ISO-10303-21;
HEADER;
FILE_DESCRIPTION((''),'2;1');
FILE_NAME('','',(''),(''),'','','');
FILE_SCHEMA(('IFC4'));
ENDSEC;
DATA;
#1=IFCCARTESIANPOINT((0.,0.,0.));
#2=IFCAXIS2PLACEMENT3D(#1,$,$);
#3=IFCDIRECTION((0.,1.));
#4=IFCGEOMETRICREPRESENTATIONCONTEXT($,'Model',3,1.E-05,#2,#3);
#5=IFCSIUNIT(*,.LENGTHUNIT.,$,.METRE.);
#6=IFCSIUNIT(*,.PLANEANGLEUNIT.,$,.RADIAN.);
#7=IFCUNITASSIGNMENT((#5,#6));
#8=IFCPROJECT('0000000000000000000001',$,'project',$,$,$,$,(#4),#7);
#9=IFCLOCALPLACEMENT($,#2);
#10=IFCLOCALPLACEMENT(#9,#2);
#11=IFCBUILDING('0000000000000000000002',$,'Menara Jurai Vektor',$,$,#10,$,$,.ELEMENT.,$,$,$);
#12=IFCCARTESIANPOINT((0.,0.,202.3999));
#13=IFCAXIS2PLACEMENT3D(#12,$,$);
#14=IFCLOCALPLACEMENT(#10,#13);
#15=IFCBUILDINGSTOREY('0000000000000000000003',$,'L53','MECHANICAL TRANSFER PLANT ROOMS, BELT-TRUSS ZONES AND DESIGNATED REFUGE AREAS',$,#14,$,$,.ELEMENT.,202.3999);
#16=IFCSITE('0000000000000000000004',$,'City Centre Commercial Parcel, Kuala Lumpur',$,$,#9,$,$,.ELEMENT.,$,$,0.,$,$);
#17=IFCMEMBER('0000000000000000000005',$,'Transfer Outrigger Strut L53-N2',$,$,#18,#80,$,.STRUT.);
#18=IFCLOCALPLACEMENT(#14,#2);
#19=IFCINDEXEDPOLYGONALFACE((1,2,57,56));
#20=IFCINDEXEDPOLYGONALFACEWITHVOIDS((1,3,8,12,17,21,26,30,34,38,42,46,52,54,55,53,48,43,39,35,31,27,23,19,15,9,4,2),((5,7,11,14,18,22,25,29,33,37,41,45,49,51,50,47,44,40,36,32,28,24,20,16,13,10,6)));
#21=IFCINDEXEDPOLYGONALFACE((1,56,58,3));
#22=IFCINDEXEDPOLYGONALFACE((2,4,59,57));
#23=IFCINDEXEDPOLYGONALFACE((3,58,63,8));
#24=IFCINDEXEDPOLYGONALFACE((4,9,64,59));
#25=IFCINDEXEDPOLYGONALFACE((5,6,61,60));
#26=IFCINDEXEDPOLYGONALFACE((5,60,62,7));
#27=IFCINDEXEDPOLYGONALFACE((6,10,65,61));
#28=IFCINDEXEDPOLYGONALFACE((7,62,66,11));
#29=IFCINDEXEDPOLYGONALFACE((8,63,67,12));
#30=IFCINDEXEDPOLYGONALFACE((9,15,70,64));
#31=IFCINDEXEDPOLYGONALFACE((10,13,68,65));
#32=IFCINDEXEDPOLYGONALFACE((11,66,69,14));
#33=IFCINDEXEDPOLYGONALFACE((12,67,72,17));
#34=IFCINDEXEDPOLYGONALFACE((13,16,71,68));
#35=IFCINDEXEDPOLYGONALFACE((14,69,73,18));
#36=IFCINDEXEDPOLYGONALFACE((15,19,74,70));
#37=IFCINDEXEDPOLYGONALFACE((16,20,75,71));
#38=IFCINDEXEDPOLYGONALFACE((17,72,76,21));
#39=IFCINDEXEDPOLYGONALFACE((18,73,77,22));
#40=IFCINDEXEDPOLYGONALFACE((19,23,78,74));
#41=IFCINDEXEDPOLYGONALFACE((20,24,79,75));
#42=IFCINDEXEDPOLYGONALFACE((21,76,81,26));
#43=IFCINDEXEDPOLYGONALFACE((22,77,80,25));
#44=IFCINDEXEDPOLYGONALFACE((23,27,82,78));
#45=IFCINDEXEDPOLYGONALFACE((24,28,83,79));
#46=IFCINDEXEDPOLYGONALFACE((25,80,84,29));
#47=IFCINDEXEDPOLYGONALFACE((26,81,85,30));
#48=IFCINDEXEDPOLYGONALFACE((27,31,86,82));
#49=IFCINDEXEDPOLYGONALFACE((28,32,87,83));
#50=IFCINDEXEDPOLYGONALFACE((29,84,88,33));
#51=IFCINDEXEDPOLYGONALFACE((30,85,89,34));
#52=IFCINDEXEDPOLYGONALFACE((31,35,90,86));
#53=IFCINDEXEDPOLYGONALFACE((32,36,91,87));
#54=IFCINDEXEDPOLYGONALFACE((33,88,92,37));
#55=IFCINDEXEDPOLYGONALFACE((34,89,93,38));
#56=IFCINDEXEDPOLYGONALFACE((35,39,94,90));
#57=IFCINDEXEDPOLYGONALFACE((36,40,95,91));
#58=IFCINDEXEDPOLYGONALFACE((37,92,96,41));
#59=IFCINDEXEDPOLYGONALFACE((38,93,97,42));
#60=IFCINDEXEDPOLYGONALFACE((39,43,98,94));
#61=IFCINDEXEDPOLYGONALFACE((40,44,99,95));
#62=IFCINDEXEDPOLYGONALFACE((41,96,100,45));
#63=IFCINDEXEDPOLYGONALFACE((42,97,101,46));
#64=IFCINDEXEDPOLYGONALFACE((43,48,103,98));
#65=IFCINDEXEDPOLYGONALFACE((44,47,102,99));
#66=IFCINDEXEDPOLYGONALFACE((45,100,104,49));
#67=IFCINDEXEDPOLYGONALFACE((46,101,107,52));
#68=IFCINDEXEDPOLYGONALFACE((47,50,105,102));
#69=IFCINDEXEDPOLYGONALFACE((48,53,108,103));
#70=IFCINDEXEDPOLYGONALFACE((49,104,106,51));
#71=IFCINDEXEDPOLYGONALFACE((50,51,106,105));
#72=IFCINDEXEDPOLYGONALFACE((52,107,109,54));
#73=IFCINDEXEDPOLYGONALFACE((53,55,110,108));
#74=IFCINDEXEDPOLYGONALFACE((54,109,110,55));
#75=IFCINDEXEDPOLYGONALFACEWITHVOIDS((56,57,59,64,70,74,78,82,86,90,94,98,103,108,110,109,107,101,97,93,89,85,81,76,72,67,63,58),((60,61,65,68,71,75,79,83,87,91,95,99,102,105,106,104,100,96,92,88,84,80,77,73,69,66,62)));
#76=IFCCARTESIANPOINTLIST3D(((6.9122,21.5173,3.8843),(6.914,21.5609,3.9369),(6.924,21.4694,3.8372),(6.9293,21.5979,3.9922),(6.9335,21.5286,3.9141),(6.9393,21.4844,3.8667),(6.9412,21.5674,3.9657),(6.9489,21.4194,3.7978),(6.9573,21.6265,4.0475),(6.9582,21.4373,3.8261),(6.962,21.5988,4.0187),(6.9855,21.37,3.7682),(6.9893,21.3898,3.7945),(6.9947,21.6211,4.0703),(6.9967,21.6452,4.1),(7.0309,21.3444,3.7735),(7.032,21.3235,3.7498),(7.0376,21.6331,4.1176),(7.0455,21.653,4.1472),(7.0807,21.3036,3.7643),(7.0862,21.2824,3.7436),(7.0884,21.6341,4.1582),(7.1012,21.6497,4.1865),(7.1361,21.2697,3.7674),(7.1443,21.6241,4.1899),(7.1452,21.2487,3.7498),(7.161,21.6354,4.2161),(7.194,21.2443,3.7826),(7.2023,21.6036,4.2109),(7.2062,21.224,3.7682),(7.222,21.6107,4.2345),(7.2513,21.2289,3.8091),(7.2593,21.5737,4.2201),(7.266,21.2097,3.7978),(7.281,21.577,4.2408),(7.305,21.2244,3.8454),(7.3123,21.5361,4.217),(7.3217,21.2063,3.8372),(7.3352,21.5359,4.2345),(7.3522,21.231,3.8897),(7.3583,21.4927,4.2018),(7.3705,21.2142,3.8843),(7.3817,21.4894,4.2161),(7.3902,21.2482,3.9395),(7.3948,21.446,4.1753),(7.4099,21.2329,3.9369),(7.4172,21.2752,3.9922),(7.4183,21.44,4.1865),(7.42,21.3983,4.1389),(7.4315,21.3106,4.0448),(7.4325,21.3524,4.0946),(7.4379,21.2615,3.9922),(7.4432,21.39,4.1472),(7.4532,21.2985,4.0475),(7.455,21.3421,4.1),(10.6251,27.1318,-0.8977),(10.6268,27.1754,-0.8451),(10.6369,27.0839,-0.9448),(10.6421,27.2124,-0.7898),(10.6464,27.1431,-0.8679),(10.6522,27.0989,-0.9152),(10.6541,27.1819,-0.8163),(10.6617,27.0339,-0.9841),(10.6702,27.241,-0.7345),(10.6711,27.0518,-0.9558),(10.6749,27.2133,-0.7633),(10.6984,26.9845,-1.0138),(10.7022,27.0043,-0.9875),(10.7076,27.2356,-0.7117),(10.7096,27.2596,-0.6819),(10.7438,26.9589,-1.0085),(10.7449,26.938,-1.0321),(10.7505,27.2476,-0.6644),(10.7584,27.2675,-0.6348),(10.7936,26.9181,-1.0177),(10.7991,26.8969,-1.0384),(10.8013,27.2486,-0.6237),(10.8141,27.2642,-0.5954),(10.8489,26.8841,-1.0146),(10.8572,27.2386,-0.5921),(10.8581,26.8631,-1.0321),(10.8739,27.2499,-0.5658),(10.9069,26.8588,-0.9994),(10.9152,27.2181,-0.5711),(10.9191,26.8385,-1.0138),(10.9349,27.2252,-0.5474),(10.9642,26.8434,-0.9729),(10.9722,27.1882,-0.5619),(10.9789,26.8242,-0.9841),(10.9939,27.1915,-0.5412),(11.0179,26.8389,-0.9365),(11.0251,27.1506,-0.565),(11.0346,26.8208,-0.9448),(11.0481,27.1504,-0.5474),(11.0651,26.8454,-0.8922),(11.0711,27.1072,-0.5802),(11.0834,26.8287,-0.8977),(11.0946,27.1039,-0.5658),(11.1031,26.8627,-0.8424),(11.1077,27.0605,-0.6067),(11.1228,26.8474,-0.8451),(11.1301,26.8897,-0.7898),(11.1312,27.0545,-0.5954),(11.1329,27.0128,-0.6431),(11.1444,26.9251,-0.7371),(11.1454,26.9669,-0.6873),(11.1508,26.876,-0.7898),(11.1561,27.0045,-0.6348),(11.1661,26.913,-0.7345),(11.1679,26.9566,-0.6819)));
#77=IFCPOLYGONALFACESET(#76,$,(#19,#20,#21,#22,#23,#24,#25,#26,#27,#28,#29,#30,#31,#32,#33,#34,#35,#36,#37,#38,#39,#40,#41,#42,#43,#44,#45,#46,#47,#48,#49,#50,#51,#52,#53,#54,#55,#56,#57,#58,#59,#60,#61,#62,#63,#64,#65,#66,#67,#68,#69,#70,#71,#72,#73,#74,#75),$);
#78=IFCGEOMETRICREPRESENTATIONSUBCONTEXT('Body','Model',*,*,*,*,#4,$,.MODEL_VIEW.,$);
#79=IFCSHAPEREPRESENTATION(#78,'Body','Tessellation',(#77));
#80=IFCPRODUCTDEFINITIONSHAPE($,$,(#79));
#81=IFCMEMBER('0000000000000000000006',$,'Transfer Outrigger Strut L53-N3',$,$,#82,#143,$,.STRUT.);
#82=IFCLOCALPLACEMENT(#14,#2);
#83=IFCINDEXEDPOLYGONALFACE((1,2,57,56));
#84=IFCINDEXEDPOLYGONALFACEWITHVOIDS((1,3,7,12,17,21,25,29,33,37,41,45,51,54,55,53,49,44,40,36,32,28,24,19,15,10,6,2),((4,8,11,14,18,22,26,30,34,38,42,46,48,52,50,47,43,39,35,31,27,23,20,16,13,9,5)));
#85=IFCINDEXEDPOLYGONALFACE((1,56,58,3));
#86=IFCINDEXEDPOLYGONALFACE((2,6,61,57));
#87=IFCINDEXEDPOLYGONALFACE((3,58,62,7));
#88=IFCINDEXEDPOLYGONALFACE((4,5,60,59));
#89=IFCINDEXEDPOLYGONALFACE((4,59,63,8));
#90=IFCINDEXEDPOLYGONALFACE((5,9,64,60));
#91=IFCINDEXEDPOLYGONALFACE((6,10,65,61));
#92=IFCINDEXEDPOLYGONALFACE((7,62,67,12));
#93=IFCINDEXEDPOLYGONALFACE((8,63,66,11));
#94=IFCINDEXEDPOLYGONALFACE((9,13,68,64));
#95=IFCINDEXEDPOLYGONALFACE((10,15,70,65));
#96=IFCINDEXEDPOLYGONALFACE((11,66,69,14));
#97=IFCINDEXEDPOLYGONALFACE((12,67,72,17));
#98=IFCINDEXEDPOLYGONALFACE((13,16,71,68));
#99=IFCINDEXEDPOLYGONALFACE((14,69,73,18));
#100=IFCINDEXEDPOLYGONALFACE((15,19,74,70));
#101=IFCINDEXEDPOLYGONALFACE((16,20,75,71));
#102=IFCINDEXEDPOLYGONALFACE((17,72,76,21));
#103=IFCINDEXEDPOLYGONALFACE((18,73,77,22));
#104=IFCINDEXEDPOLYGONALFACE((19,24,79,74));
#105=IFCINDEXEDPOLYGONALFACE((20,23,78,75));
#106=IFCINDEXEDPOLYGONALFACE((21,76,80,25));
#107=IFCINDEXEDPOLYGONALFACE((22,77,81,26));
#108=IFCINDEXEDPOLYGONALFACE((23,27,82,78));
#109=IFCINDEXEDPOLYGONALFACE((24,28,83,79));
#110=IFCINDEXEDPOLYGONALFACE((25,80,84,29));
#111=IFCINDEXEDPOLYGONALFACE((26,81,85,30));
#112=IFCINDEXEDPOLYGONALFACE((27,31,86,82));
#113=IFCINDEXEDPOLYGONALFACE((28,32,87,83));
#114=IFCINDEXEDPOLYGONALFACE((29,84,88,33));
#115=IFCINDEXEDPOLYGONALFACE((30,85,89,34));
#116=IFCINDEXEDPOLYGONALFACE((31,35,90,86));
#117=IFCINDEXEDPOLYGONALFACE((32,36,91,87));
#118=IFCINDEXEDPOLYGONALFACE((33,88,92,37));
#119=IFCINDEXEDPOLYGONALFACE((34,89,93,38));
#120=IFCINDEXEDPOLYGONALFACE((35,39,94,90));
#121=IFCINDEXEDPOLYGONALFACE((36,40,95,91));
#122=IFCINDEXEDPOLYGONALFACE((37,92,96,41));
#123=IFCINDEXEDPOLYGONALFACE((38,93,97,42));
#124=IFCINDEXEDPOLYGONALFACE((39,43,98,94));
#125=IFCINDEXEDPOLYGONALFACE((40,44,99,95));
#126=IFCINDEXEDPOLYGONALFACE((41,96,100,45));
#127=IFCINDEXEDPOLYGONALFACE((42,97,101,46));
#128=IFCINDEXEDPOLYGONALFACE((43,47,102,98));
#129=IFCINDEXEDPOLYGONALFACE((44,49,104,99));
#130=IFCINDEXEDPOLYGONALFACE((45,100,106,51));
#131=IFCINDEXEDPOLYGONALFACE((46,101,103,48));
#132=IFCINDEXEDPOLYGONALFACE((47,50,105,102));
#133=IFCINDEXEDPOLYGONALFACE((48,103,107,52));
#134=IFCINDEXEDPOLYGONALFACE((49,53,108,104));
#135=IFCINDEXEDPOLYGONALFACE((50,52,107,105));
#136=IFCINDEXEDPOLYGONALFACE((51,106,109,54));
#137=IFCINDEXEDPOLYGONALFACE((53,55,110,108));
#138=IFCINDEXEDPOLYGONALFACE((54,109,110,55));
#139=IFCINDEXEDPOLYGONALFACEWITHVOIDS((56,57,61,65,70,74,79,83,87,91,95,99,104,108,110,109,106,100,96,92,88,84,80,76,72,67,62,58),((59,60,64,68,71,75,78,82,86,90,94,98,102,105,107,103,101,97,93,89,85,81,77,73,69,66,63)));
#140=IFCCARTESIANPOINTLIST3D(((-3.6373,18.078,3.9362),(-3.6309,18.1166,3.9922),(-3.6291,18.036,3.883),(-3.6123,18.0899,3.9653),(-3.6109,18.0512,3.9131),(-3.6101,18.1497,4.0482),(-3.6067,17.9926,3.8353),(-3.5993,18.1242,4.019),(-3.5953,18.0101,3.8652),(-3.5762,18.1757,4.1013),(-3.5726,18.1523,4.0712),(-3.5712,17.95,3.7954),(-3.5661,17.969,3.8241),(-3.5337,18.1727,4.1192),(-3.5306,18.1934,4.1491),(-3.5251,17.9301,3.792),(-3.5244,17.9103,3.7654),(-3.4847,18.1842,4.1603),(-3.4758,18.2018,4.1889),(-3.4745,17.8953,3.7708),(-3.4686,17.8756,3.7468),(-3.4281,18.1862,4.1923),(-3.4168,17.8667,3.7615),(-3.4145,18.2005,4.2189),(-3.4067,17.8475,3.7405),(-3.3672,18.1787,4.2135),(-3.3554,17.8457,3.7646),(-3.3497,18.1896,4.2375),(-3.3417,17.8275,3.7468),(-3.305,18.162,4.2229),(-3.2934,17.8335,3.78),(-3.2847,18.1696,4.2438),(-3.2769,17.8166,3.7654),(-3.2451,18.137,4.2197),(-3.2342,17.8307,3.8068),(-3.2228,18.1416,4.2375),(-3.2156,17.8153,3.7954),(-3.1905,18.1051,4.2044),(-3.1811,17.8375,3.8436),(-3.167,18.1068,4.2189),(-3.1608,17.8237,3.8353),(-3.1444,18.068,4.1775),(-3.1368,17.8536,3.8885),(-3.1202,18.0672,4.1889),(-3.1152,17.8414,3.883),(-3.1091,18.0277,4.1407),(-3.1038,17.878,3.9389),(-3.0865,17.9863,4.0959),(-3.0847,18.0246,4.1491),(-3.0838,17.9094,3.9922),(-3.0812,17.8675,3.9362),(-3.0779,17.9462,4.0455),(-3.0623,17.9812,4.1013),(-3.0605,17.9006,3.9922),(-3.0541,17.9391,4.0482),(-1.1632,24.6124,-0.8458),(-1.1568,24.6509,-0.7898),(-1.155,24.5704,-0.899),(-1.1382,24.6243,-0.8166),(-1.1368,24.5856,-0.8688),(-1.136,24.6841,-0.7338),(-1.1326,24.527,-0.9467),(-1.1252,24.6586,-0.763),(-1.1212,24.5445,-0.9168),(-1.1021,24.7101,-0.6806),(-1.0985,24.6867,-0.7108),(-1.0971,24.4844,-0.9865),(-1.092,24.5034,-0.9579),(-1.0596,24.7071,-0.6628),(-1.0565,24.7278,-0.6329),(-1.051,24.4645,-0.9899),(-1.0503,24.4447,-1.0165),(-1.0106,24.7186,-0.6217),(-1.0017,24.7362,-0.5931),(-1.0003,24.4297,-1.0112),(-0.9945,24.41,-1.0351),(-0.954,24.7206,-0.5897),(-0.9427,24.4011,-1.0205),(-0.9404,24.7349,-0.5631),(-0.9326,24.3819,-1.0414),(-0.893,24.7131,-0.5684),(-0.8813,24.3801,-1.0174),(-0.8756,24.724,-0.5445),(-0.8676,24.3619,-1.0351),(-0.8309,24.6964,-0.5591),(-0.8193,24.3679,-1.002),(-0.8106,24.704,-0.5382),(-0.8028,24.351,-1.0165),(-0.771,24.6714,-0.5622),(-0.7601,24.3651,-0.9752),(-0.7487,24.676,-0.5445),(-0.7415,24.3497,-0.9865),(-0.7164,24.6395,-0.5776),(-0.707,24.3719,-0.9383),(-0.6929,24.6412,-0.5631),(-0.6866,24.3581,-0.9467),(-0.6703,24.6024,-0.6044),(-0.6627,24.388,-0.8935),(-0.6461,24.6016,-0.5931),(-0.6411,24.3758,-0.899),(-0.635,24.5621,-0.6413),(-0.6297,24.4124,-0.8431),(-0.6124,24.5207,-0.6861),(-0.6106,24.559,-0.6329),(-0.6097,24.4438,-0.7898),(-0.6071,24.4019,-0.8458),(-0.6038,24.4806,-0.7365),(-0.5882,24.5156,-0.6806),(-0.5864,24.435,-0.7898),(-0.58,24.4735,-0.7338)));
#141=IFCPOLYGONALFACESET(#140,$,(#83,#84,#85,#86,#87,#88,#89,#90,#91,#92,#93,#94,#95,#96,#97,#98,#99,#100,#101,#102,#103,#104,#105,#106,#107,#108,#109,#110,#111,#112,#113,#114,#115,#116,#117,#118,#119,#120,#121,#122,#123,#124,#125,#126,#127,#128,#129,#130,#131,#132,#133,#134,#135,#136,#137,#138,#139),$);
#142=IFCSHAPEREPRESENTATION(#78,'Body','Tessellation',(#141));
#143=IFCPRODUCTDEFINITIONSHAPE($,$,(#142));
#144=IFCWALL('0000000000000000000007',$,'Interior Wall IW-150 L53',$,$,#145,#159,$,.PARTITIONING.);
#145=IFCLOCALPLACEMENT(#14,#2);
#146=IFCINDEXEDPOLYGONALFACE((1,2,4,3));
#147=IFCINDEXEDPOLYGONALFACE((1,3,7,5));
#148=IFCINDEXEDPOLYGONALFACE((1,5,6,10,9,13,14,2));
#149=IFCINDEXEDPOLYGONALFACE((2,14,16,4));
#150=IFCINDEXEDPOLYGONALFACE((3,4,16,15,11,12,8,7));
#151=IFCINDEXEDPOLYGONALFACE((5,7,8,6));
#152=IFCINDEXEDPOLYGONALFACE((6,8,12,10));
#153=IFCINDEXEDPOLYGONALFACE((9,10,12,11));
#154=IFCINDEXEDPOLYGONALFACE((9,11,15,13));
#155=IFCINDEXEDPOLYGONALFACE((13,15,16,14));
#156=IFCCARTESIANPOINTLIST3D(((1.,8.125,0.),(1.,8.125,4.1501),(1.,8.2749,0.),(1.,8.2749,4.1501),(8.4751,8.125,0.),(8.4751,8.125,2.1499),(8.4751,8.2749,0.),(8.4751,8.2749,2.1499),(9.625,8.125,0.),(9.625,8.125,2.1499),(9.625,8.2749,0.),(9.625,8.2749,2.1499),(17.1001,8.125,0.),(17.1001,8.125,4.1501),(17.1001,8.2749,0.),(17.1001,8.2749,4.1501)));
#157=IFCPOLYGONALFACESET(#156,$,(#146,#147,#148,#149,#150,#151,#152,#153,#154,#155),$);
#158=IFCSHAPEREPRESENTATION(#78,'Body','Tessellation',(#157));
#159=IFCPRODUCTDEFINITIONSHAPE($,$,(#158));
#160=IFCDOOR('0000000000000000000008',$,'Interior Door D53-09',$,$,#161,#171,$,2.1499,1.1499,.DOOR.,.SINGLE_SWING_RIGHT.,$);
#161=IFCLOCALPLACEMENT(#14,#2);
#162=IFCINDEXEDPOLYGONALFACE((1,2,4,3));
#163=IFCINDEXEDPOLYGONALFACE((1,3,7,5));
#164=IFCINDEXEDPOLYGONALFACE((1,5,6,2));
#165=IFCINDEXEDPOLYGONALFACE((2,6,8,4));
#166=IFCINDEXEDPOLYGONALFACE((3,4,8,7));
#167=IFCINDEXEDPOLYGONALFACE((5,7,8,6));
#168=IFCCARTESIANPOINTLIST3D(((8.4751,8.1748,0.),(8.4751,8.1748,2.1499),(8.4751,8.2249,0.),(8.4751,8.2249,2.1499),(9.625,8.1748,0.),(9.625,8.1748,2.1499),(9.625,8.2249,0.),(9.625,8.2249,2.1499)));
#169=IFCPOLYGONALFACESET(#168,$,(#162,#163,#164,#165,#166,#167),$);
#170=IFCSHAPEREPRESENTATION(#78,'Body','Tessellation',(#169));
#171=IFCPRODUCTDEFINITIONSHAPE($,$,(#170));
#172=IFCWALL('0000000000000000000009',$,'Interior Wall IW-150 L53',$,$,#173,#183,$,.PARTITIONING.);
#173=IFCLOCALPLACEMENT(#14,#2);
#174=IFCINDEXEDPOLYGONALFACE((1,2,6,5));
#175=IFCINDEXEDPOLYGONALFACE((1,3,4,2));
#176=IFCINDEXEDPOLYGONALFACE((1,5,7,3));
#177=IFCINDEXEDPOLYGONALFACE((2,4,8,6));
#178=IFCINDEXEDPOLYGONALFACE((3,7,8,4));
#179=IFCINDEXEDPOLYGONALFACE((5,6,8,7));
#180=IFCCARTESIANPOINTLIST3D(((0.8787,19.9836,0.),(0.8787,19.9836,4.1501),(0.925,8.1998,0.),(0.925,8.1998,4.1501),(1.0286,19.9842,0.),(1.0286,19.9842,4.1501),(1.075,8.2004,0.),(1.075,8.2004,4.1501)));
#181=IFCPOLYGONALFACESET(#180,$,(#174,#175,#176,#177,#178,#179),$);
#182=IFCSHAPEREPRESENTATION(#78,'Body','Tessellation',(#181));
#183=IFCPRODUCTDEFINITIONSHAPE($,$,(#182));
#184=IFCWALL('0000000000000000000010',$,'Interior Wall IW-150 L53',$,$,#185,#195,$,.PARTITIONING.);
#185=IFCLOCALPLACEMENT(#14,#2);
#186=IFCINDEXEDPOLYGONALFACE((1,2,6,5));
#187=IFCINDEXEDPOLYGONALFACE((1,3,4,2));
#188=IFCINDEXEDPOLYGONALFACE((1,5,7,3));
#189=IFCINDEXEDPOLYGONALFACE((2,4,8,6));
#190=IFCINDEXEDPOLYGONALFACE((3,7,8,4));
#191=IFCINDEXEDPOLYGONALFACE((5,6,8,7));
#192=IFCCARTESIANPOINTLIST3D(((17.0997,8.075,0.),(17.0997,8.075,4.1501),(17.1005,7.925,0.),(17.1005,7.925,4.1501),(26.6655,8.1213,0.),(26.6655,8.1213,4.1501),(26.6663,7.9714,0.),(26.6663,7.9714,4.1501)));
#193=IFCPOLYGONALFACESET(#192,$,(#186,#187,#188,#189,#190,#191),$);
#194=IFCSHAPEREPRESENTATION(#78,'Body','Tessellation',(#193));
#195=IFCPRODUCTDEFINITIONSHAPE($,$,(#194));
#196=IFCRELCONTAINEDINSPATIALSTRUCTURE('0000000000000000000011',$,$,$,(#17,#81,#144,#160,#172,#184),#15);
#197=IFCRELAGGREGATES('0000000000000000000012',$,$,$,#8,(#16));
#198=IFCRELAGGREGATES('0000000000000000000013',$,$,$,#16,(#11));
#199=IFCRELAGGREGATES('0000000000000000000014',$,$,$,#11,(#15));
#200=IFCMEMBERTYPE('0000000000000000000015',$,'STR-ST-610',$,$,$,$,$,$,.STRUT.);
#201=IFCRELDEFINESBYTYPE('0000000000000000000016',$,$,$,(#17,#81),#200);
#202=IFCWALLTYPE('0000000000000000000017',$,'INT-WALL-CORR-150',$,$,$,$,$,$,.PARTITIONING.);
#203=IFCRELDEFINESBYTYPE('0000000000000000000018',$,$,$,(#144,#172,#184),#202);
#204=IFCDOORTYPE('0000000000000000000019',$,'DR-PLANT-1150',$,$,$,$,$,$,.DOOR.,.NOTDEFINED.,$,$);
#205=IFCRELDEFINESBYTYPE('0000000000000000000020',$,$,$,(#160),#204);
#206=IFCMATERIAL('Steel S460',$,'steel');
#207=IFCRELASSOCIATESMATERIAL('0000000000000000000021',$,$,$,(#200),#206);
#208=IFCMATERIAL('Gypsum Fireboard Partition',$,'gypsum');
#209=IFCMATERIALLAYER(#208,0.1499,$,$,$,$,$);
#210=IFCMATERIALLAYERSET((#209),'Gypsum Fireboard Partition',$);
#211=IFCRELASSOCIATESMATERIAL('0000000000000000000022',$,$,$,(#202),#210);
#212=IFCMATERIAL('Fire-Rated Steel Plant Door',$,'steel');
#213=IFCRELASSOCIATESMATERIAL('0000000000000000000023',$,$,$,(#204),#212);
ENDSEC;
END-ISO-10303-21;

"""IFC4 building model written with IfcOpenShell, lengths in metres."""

from ifc_helpers import new_model, si_unit, direction, frame, frame_2d, origin, origin_2d, place, context, subcontext, project, spatial, rectangle, hollow_circle, extrude, material, layer, layer_set, material_profile, profile_set, type_object, element, fill, save


model = new_model("IFC4")

# Units and contexts
model_context = context("Model", 3, precision=1e-05, world=origin(), true_north=direction((0.0, 1.0)))
body_context = subcontext(model_context, "Body", "Model", "MODEL_VIEW")
ifc_project = project(units=[si_unit("LENGTHUNIT", "METRE"), si_unit("PLANEANGLEUNIT", "RADIAN")], contexts=[model_context])

# Site, building, storey
site_placement = place(None, origin())
site = spatial("IfcSite", under=ifc_project, at=site_placement, Name="City Centre Commercial Parcel, Kuala Lumpur", CompositionType="ELEMENT", RefElevation=0.0)
building_placement = place(site_placement, origin())
building = spatial("IfcBuilding", under=site, at=building_placement, Name="Menara Jurai Vektor", CompositionType="ELEMENT")
storey_placement = place(building_placement, frame((0.0, 0.0, 202.3999)))
storey = spatial("IfcBuildingStorey", under=building, at=storey_placement, Name="L53", Description="MECHANICAL TRANSFER PLANT ROOMS, BELT-TRUSS ZONES AND DESIGNATED REFUGE AREAS", CompositionType="ELEMENT", Elevation=202.3999)

# Shared definitions
ifc_material_1 = material(Name="Steel S460", Category="steel")

# Members
ifc_material_profile_1 = material_profile(ifc_material_1, hollow_circle(Radius=0.3049, WallThickness=0.0249, at=origin_2d()), Name="CHS 610x25")
ifc_profile_set_1 = profile_set([ifc_material_profile_1], Name="Steel S460")
member_type_1 = type_object("IfcMemberType", Name="STR-ST-610", PredefinedType="STRUT", material=ifc_profile_set_1)
member_1_placement = place(storey_placement, frame((10.8965, 27.0442, -0.7898), z_axis=(-0.449674, -0.679981, 0.579153), x_axis=(0.834109, -0.551599, 0.0)))
element("IfcMember", 1, at=member_1_placement, inside=storey, type_object=member_type_1, Name="Transfer Outrigger Strut L53-N2", PredefinedType="STRUT", context=body_context, shape_type="SweptSolid", body=[
    extrude(hollow_circle(Radius=0.3049, WallThickness=0.0249, at=origin_2d()), origin(), (0.0, 0.0, 1.0), 8.2568),
])
member_2_placement = place(storey_placement, frame((-0.8716, 24.543, -0.7898), z_axis=(-0.292213, -0.771767, 0.56479), x_axis=(0.935209, -0.354097, 0.0)))
element("IfcMember", 2, at=member_2_placement, inside=storey, type_object=member_type_1, Name="Transfer Outrigger Strut L53-N3", PredefinedType="STRUT", context=body_context, shape_type="SweptSolid", body=[
    extrude(hollow_circle(Radius=0.3049, WallThickness=0.0249, at=origin_2d()), origin(), (0.0, 0.0, 1.0), 8.4668),
])

# Wall, opening, door
ifc_material_2 = material(Name="Gypsum Fireboard Partition", Category="gypsum")
ifc_layer = layer(ifc_material_2, 0.1499)
ifc_layer_set = layer_set([ifc_layer], Name="Gypsum Fireboard Partition")
wall_type = type_object("IfcWallType", Name="INT-WALL-CORR-150", PredefinedType="PARTITIONING", material=ifc_layer_set)
wall_1_placement = place(storey_placement, frame((1.0, 8.2, 0.0), z_axis=(0.0, 0.0, 1.0), x_axis=(1.0, 0.0, 0.0)))
wall_1 = element("IfcWall", 3, at=wall_1_placement, inside=storey, type_object=wall_type, Name="Interior Wall IW-150 L53", PredefinedType="PARTITIONING", context=body_context, shape_type="SweptSolid", body=[
    extrude(rectangle(XDim=16.1001, YDim=0.1499, at=frame_2d((8.05, 0.0))), origin(), (0.0, 0.0, 1.0), 4.1501),
])
opening_placement = place(wall_1_placement, frame((7.4751, 0.0, 0.0)))
opening = element("IfcOpeningElement", 4, at=opening_placement, cuts=wall_1, PredefinedType="OPENING", context=body_context, shape_type="SweptSolid", body=[
    extrude(rectangle(XDim=1.1499, YDim=2.1499, at=frame_2d((0.575, 1.075))), frame((0.0, 0.085, 0.0), z_axis=(0.0, -1.0, 0.0), x_axis=(1.0, 0.0, 0.0)), (0.0, 0.0, 1.0), 0.1699),
])
ifc_material_3 = material(Name="Fire-Rated Steel Plant Door", Category="steel")
door_type = type_object("IfcDoorType", Name="DR-PLANT-1150", OperationType="NOTDEFINED", PredefinedType="DOOR", material=ifc_material_3)
door_placement = place(opening_placement, origin())
door = element("IfcDoor", 5, at=door_placement, inside=storey, type_object=door_type, Name="Interior Door D53-09", OperationType="SINGLE_SWING_RIGHT", OverallHeight=2.1499, OverallWidth=1.1499, PredefinedType="DOOR", context=body_context, shape_type="SweptSolid", body=[
    extrude(rectangle(XDim=1.1499, YDim=2.1499, at=frame_2d((0.575, 1.075))), frame((0.0, 0.0249, 0.0), z_axis=(0.0, -1.0, 0.0), x_axis=(1.0, 0.0, 0.0)), (0.0, 0.0, 1.0), 0.05),
])
fill(opening, door)

# Walls
wall_2_placement = place(storey_placement, frame((1.0, 8.2, 0.0), z_axis=(0.0, 0.0, 1.0), x_axis=(-0.003936, 0.999992, 0.0)))
element("IfcWall", 6, at=wall_2_placement, inside=storey, type_object=wall_type, Name="Interior Wall IW-150 L53", PredefinedType="PARTITIONING", context=body_context, shape_type="SweptSolid", body=[
    extrude(rectangle(XDim=11.7839, YDim=0.1499, at=frame_2d((5.8921, 0.0))), origin(), (0.0, 0.0, 1.0), 4.1501),
])
wall_3_placement = place(storey_placement, frame((17.1001, 8.0, 0.0), z_axis=(0.0, 0.0, 1.0), x_axis=(0.999988, 0.004849, 0.0)))
element("IfcWall", 7, at=wall_3_placement, inside=storey, type_object=wall_type, Name="Interior Wall IW-150 L53", PredefinedType="PARTITIONING", context=body_context, shape_type="SweptSolid", body=[
    extrude(rectangle(XDim=9.5659, YDim=0.1499, at=frame_2d((4.783, 0.0))), origin(), (0.0, 0.0, 1.0), 4.1501),
])

save(model, "model.ifc")
